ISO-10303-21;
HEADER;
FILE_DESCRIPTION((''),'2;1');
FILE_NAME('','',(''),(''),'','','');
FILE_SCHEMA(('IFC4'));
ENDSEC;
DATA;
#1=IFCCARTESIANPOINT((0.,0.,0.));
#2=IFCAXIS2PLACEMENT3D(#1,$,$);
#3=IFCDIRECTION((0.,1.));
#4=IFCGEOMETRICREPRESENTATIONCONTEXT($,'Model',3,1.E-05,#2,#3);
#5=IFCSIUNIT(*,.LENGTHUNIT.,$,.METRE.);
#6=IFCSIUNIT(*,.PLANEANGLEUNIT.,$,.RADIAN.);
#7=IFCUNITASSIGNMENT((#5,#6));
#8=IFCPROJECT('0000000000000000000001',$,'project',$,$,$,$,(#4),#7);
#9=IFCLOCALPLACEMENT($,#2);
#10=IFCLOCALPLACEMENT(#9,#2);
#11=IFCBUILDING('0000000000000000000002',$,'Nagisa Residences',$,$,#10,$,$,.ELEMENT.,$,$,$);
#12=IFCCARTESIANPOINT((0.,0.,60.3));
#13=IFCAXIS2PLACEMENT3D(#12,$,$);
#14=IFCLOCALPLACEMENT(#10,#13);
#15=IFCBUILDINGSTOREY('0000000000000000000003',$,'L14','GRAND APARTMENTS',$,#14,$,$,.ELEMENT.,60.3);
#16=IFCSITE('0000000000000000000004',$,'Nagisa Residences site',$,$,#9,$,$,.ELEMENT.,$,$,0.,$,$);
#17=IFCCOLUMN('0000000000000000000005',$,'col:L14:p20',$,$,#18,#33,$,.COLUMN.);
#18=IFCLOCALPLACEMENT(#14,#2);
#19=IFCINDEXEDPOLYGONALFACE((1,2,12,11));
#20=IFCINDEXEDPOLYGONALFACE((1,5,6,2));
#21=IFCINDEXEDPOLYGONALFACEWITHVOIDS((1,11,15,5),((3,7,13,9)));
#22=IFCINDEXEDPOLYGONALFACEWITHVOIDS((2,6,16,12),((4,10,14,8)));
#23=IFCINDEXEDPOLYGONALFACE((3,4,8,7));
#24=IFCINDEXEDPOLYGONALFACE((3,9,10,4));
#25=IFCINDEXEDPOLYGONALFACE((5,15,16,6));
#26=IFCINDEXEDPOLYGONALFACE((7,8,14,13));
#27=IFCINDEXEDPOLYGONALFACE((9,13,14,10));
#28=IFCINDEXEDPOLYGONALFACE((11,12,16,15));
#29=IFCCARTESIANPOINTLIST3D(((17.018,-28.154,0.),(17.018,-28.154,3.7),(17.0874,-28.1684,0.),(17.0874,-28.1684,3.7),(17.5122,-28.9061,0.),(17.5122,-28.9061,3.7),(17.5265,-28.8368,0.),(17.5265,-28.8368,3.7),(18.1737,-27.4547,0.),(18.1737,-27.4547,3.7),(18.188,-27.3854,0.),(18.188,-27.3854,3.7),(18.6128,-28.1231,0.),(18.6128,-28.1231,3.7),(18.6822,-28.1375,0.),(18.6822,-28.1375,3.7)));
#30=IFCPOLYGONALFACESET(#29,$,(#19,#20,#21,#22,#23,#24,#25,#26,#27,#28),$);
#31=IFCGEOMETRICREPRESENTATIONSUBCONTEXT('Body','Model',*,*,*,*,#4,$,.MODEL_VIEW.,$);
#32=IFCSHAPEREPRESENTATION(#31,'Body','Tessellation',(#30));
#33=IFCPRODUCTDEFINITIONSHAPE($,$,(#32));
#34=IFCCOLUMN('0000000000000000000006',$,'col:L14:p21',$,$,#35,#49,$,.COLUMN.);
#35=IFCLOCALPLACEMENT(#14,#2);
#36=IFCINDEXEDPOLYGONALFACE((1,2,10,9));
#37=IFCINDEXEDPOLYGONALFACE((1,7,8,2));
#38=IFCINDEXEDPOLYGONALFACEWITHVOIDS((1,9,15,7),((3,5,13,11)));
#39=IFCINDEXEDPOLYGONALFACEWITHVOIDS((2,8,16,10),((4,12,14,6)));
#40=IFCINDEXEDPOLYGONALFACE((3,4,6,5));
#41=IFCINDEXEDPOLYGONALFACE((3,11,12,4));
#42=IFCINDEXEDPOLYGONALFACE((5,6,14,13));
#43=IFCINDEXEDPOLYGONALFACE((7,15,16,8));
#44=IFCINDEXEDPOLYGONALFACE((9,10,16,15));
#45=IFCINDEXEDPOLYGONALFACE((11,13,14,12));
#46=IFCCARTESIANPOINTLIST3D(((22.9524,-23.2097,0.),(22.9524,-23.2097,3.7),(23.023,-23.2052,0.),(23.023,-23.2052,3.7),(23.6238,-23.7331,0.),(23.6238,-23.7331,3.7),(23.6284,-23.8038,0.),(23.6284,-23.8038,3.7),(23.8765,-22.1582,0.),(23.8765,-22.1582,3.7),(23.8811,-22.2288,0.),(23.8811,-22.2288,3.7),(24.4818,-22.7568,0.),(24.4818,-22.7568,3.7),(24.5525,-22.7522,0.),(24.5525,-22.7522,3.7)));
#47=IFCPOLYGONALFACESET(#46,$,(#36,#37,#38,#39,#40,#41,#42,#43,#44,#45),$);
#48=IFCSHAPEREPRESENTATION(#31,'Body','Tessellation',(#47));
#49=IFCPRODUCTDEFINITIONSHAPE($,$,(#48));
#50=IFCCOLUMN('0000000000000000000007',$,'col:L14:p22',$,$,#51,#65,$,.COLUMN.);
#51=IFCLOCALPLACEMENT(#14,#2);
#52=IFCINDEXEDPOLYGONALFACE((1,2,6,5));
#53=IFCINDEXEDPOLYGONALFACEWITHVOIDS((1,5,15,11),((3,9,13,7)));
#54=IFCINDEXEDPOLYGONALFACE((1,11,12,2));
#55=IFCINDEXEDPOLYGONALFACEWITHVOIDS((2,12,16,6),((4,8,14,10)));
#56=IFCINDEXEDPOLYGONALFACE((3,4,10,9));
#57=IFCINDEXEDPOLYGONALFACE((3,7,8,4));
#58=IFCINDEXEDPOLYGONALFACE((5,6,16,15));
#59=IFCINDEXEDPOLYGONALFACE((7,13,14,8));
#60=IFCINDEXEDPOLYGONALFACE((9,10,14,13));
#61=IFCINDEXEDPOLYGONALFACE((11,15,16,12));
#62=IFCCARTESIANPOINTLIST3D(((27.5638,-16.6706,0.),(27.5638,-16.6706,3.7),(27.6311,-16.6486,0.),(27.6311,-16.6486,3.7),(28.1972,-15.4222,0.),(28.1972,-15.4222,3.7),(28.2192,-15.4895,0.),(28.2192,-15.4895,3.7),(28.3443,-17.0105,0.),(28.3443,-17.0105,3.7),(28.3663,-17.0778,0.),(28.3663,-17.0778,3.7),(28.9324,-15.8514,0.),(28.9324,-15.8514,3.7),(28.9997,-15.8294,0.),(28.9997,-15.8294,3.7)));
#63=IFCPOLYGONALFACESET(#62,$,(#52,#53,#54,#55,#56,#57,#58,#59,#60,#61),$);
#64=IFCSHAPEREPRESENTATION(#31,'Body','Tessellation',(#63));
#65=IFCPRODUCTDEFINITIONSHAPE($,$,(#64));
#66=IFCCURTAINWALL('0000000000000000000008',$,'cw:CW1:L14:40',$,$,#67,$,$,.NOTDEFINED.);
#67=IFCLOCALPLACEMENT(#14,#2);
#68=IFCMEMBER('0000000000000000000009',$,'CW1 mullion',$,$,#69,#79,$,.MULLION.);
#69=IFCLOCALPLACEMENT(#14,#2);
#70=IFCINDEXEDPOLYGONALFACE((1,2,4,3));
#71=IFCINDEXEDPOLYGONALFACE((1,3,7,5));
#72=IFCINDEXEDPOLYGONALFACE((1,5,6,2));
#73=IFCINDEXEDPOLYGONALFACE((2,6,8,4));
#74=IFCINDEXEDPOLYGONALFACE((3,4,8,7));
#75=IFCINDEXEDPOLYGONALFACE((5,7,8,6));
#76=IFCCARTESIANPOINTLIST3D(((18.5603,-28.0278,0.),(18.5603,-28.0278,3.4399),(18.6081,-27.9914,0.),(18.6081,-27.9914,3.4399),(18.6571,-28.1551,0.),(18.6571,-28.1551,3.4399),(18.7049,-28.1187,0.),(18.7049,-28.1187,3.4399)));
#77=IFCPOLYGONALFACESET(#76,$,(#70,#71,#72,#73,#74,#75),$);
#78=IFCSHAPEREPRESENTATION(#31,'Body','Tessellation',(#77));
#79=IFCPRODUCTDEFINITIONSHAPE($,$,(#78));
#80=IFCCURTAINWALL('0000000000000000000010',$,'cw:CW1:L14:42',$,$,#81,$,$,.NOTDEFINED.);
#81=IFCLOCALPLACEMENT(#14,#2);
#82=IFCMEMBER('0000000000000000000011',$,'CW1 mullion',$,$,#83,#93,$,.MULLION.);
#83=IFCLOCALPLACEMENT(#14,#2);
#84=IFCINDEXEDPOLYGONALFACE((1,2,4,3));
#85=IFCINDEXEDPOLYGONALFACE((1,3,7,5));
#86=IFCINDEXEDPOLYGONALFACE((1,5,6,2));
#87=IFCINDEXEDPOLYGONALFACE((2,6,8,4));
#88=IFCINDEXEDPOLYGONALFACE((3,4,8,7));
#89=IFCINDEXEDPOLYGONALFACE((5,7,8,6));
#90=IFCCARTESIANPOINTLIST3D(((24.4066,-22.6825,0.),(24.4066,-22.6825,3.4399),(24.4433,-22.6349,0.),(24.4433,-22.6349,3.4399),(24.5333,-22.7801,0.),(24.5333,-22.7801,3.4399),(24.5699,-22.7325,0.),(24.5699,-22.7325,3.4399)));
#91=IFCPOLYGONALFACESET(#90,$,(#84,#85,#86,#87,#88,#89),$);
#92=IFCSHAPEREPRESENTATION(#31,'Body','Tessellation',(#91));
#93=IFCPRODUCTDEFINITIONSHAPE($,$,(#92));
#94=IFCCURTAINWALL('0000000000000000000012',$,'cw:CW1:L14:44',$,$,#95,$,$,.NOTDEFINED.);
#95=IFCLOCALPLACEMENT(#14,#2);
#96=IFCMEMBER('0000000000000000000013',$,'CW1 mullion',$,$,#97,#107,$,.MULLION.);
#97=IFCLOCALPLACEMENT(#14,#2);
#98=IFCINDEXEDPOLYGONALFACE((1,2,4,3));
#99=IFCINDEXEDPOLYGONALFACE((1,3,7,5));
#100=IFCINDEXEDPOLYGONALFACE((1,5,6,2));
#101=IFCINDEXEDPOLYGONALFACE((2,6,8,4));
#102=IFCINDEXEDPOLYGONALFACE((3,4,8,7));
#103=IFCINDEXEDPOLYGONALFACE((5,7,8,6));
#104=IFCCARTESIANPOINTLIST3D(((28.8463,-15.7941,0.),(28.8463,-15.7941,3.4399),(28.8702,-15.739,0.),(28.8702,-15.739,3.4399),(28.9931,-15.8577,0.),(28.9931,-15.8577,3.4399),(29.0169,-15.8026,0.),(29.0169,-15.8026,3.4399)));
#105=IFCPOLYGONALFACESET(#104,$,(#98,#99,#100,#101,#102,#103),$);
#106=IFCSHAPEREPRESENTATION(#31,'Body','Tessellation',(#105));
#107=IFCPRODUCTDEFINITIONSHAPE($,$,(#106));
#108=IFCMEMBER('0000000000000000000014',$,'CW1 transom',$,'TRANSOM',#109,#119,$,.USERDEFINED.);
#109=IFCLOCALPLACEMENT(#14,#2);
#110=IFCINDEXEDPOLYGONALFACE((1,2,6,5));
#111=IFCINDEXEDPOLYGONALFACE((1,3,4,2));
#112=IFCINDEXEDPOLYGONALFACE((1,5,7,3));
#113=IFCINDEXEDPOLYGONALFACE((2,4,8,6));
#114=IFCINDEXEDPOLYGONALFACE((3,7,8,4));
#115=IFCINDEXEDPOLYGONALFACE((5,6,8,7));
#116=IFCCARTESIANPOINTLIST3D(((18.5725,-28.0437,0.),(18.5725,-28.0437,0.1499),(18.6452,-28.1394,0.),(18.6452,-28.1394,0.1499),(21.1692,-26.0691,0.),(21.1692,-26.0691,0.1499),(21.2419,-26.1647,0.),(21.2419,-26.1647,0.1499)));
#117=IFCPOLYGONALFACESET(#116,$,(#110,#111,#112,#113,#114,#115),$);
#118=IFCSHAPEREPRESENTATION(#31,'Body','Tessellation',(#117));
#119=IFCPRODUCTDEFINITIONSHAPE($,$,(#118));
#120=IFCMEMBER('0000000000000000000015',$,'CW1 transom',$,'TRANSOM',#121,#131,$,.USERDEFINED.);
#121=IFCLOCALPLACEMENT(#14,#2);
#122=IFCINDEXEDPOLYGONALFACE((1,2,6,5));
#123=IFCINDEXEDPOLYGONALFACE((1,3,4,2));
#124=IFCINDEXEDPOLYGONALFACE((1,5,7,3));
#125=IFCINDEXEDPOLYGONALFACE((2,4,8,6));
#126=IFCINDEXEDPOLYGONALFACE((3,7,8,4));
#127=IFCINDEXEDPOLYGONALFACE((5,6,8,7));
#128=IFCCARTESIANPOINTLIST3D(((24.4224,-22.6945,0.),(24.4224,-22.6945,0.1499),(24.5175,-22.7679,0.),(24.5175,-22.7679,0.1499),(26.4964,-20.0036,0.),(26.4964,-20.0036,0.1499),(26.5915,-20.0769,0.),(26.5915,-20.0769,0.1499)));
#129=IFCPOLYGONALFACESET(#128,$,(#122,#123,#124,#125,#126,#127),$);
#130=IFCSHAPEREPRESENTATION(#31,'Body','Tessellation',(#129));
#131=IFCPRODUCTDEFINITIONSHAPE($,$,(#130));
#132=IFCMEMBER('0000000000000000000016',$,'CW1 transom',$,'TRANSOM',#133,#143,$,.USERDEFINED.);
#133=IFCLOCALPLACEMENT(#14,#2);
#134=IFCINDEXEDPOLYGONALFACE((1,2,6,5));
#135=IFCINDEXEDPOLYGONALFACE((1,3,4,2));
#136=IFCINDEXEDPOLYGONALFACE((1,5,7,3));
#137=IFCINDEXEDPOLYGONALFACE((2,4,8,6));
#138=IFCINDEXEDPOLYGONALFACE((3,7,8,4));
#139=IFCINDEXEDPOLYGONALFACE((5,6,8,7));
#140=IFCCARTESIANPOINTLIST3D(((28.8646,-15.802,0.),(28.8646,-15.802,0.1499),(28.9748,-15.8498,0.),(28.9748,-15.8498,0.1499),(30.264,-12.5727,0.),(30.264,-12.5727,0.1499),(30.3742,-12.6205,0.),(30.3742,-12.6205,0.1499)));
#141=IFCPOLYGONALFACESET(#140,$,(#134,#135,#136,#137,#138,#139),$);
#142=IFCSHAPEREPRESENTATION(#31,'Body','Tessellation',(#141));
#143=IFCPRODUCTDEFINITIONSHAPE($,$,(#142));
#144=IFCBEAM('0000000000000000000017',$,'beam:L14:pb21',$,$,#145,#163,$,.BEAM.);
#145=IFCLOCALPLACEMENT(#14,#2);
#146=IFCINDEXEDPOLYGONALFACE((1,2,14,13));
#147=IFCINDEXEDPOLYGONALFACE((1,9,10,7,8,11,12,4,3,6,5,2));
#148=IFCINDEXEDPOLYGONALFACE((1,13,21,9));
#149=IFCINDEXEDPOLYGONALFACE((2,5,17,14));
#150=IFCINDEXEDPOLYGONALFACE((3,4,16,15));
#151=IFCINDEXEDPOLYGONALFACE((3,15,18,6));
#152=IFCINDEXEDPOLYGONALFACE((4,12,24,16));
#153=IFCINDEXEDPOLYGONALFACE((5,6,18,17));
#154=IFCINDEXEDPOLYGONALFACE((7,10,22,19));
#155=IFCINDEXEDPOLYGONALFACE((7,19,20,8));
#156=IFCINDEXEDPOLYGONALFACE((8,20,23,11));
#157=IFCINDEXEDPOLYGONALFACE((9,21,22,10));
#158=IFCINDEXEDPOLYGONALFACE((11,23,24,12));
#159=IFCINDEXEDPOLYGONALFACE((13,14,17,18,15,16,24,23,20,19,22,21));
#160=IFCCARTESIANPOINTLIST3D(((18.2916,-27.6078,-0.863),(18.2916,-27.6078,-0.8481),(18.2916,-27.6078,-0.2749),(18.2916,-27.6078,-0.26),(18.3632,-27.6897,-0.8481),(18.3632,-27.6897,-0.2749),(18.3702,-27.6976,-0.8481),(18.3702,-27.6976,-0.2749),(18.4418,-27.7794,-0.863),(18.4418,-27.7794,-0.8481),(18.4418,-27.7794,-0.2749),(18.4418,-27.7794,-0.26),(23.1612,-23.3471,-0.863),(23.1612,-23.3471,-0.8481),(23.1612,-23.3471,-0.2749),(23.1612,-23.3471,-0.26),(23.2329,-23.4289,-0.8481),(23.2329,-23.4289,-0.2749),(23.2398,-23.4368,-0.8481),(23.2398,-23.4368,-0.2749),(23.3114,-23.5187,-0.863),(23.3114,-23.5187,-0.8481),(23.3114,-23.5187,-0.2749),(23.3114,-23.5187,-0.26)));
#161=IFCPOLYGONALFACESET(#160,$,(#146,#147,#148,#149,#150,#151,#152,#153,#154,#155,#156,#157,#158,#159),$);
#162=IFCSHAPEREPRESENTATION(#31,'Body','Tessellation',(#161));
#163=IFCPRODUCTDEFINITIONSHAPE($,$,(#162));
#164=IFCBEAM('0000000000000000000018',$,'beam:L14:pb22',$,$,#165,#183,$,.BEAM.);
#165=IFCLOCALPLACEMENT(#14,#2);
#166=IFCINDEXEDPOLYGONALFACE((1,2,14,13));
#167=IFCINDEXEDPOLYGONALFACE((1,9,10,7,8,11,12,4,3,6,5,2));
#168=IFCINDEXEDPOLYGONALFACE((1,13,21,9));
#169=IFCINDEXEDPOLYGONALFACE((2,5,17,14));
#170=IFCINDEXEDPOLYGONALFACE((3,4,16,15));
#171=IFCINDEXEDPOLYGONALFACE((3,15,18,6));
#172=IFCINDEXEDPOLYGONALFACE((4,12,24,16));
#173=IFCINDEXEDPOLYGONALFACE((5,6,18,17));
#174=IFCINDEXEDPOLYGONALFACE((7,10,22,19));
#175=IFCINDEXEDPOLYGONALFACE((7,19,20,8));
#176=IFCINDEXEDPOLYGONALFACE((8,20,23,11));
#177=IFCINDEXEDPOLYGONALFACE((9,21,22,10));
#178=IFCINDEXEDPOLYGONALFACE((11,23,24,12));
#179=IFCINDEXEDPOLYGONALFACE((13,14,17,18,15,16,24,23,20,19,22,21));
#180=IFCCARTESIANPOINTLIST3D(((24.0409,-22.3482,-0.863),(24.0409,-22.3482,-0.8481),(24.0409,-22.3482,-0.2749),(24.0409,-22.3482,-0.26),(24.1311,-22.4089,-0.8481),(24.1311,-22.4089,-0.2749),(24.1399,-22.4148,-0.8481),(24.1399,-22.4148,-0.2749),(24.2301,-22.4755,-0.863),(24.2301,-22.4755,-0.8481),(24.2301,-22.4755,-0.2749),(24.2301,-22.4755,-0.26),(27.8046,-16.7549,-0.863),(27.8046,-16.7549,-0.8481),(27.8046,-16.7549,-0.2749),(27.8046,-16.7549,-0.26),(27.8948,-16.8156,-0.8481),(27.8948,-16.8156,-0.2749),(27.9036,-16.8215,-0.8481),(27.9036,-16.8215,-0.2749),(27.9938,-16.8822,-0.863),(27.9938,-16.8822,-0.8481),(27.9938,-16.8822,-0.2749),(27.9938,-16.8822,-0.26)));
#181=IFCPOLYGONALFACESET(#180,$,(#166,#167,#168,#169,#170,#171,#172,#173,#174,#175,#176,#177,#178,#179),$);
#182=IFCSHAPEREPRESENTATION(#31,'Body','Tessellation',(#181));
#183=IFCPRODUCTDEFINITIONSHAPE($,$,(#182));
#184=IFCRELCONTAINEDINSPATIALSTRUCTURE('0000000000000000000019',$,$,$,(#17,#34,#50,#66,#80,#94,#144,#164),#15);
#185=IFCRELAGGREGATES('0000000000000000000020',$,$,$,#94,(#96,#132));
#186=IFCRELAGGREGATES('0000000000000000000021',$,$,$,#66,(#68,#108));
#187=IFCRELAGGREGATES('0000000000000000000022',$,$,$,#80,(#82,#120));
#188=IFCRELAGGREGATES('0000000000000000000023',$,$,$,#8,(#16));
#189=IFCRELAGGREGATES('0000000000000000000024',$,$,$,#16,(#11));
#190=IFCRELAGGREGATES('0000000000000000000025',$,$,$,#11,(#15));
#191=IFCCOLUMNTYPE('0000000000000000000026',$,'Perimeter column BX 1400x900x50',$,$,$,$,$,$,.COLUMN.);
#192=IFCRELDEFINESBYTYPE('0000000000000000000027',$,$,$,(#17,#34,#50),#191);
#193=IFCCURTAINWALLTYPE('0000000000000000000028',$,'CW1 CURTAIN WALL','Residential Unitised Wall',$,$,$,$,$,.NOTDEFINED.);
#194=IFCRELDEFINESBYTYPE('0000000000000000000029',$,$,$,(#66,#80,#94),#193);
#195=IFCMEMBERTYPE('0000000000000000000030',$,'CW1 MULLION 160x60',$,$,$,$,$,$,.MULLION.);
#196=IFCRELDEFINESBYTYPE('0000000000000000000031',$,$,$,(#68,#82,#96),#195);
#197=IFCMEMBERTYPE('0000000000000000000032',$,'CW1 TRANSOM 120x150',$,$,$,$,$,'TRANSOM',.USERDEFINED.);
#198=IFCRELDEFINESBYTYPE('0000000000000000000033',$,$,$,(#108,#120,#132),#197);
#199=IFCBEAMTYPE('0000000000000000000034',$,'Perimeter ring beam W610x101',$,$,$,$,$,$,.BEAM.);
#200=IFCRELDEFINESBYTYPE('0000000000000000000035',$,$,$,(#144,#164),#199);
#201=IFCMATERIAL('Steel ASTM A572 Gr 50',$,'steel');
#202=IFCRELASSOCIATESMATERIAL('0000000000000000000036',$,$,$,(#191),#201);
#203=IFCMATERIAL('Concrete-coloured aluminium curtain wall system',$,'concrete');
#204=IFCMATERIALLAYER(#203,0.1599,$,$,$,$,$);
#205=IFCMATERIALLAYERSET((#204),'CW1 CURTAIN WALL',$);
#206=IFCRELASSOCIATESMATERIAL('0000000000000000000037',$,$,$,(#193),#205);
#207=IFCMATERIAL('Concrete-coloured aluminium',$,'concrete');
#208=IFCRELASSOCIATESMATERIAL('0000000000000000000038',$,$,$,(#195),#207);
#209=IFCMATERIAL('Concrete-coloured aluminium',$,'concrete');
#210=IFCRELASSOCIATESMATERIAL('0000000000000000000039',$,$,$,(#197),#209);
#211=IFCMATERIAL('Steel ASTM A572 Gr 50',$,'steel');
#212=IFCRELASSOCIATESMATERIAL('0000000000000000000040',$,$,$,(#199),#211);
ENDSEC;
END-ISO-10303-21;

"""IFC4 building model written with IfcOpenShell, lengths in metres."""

from ifc_helpers import new_model, si_unit, direction, frame, origin, origin_2d, place, context, subcontext, project, spatial, rectangle, hollow_rectangle, i_section, extrude, material, layer, layer_set, material_profile, profile_set, type_object, element, aggregate, save


model = new_model("IFC4")

# Units and contexts
model_context = context("Model", 3, precision=1e-05, world=origin(), true_north=direction((0.0, 1.0)))
body_context = subcontext(model_context, "Body", "Model", "MODEL_VIEW")
ifc_project = project(units=[si_unit("LENGTHUNIT", "METRE"), si_unit("PLANEANGLEUNIT", "RADIAN")], contexts=[model_context])

# Site, building, storey
site_placement = place(None, origin())
site = spatial("IfcSite", under=ifc_project, at=site_placement, Name="Nagisa Residences site", CompositionType="ELEMENT", RefElevation=0.0)
building_placement = place(site_placement, origin())
building = spatial("IfcBuilding", under=site, at=building_placement, Name="Nagisa Residences", CompositionType="ELEMENT")
storey_placement = place(building_placement, frame((0.0, 0.0, 60.3)))
storey = spatial("IfcBuildingStorey", under=building, at=storey_placement, Name="L14", Description="GRAND APARTMENTS", CompositionType="ELEMENT", Elevation=60.3)

# Columns
ifc_material_1 = material(Name="Steel ASTM A572 Gr 50", Category="steel")
ifc_material_profile_1 = material_profile(ifc_material_1, hollow_rectangle(XDim=1.3999, YDim=0.8999, WallThickness=0.05, at=origin_2d()), Name="BX 1400x900x50")
ifc_profile_set_1 = profile_set([ifc_material_profile_1], Name="Steel ASTM A572 Gr 50")
column_type = type_object("IfcColumnType", Name="Perimeter column BX 1400x900x50", PredefinedType="COLUMN", material=ifc_profile_set_1)
for number, where, z_axis, x_axis, name in (
    (1, (17.8501, -28.1458, 0.0), (0.0, 0.0, 1.0), (0.835766, 0.549086, 0.0), "col:L14:p20"),
    (2, (23.7524, -22.981, 0.0), (0.0, 0.0, 1.0), (0.660115, 0.751165, 0.0), "col:L14:p21"),
    (3, (28.2817, -16.25, 0.0), (0.0, 0.0, 1.0), (0.452463, 0.891783, 0.0), "col:L14:p22"),
):
    element("IfcColumn", number, at=place(storey_placement, frame(where, z_axis=z_axis, x_axis=x_axis)), inside=storey, type_object=column_type, Name=name, PredefinedType="COLUMN", context=body_context, shape_type="SweptSolid", body=[
        extrude(hollow_rectangle(XDim=1.3999, YDim=0.8999, WallThickness=0.05, at=origin_2d()), origin(), (0.0, 0.0, 1.0), 3.7),
    ])

# Curtain walls, members
ifc_material_2 = material(Name="Concrete-coloured aluminium curtain wall system", Category="concrete")
ifc_layer_1 = layer(ifc_material_2, 0.1599)
ifc_layer_set_1 = layer_set([ifc_layer_1], Name="CW1 CURTAIN WALL")
curtain_wall_type = type_object("IfcCurtainWallType", Name="CW1 CURTAIN WALL", Description="Residential Unitised Wall", PredefinedType="NOTDEFINED", material=ifc_layer_set_1)
curtain_wall_1_placement = place(storey_placement, origin())
curtain_wall_1 = element("IfcCurtainWall", 4, at=curtain_wall_1_placement, inside=storey, type_object=curtain_wall_type, Name="cw:CW1:L14:40", PredefinedType="NOTDEFINED")
ifc_material_3 = material(Name="Concrete-coloured aluminium", Category="concrete")
ifc_material_profile_2 = material_profile(ifc_material_3, rectangle(XDim=0.1599, YDim=0.0601, at=origin_2d()), Name="CW1 MULLION 160x60")
ifc_profile_set_2 = profile_set([ifc_material_profile_2], Name="Concrete-coloured aluminium")
member_type_1 = type_object("IfcMemberType", Name="CW1 MULLION 160x60", PredefinedType="MULLION", material=ifc_profile_set_2)
member_1_placement = place(storey_placement, frame((18.6326, -28.0732, 0.0), z_axis=(0.0, 0.0, 1.0), x_axis=(-0.605255, 0.796031, 0.0)))
member_1 = element("IfcMember", 5, at=member_1_placement, type_object=member_type_1, Name="CW1 mullion", PredefinedType="MULLION", context=body_context, shape_type="SweptSolid", body=[
    extrude(rectangle(XDim=0.1599, YDim=0.0601, at=origin_2d()), origin(), (0.0, 0.0, 1.0), 3.4399),
])
curtain_wall_2_placement = place(storey_placement, origin())
curtain_wall_2 = element("IfcCurtainWall", 6, at=curtain_wall_2_placement, inside=storey, type_object=curtain_wall_type, Name="cw:CW1:L14:42", PredefinedType="NOTDEFINED")
member_2_placement = place(storey_placement, frame((24.4883, -22.7075, 0.0), z_axis=(0.0, 0.0, 1.0), x_axis=(-0.79207, 0.61043, 0.0)))
member_2 = element("IfcMember", 7, at=member_2_placement, type_object=member_type_1, Name="CW1 mullion", PredefinedType="MULLION", context=body_context, shape_type="SweptSolid", body=[
    extrude(rectangle(XDim=0.1599, YDim=0.0601, at=origin_2d()), origin(), (0.0, 0.0, 1.0), 3.4399),
])
curtain_wall_3_placement = place(storey_placement, origin())
curtain_wall_3 = element("IfcCurtainWall", 8, at=curtain_wall_3_placement, inside=storey, type_object=curtain_wall_type, Name="cw:CW1:L14:44", PredefinedType="NOTDEFINED")
member_3_placement = place(storey_placement, frame((28.9316, -15.7983, 0.0), z_axis=(0.0, 0.0, 1.0), x_axis=(-0.917543, 0.397636, 0.0)))
member_3 = element("IfcMember", 9, at=member_3_placement, type_object=member_type_1, Name="CW1 mullion", PredefinedType="MULLION", context=body_context, shape_type="SweptSolid", body=[
    extrude(rectangle(XDim=0.1599, YDim=0.0601, at=origin_2d()), origin(), (0.0, 0.0, 1.0), 3.4399),
])

# Members
ifc_material_4 = material(Name="Concrete-coloured aluminium", Category="concrete")
ifc_material_profile_3 = material_profile(ifc_material_4, rectangle(XDim=0.1201, YDim=0.1499, at=origin_2d()), Name="CW1 TRANSOM 120x150")
ifc_profile_set_3 = profile_set([ifc_material_profile_3], Name="Concrete-coloured aluminium")
member_type_2 = type_object("IfcMemberType", Name="CW1 TRANSOM 120x150", ElementType="TRANSOM", PredefinedType="USERDEFINED", material=ifc_profile_set_3)
member_4_placement = place(storey_placement, frame((18.6089, -28.0916, 0.075), z_axis=(0.795995, 0.605303, 0.0), x_axis=(-0.605303, 0.795995, 0.0)))
member_4 = element("IfcMember", 10, at=member_4_placement, type_object=member_type_2, Name="CW1 transom", ObjectType="TRANSOM", PredefinedType="USERDEFINED", context=body_context, shape_type="SweptSolid", body=[
    extrude(rectangle(XDim=0.1201, YDim=0.1499, at=origin_2d()), origin(), (0.0, 0.0, 1.0), 3.2622),
])
member_5_placement = place(storey_placement, frame((24.47, -22.7312, 0.075), z_axis=(0.610457, 0.792049, 0.0), x_axis=(-0.792049, 0.610457, 0.0)))
member_5 = element("IfcMember", 11, at=member_5_placement, type_object=member_type_2, Name="CW1 transom", ObjectType="TRANSOM", PredefinedType="USERDEFINED", context=body_context, shape_type="SweptSolid", body=[
    extrude(rectangle(XDim=0.1201, YDim=0.1499, at=origin_2d()), origin(), (0.0, 0.0, 1.0), 3.3975),
])
member_6_placement = place(storey_placement, frame((28.9197, -15.8259, 0.075), z_axis=(0.397625, 0.917548, 0.0), x_axis=(-0.917548, 0.397625, 0.0)))
member_6 = element("IfcMember", 12, at=member_6_placement, type_object=member_type_2, Name="CW1 transom", ObjectType="TRANSOM", PredefinedType="USERDEFINED", context=body_context, shape_type="SweptSolid", body=[
    extrude(rectangle(XDim=0.1201, YDim=0.1499, at=origin_2d()), origin(), (0.0, 0.0, 1.0), 3.5195),
])
aggregate(curtain_wall_3, [member_3, member_6])

# Beams
ifc_material_5 = material(Name="Steel ASTM A572 Gr 50", Category="steel")
ifc_material_profile_4 = material_profile(ifc_material_5, i_section(OverallWidth=0.228, OverallDepth=0.603, WebThickness=0.0105, FlangeThickness=0.0149, at=origin_2d()), Name="W610x101")
ifc_profile_set_4 = profile_set([ifc_material_profile_4], Name="Steel ASTM A572 Gr 50")
beam_type_1 = type_object("IfcBeamType", Name="Perimeter ring beam W610x101", PredefinedType="BEAM", material=ifc_profile_set_4)
beam_1_placement = place(storey_placement, frame((18.3667, -27.6936, -0.5615), z_axis=(0.752591, 0.658489, 0.0), x_axis=(-0.658489, 0.752591, 0.0)))
element("IfcBeam", 13, at=beam_1_placement, inside=storey, type_object=beam_type_1, Name="beam:L14:pb21", PredefinedType="BEAM", context=body_context, shape_type="SweptSolid", body=[
    extrude(i_section(OverallWidth=0.228, OverallDepth=0.603, WebThickness=0.0105, FlangeThickness=0.0149, at=origin_2d()), origin(), (0.0, 0.0, 1.0), 6.4705),
])
beam_2_placement = place(storey_placement, frame((24.1355, -22.4119, -0.5615), z_axis=(0.558272, 0.829658, 0.0), x_axis=(-0.829658, 0.558272, 0.0)))
element("IfcBeam", 14, at=beam_2_placement, inside=storey, type_object=beam_type_1, Name="beam:L14:pb22", PredefinedType="BEAM", context=body_context, shape_type="SweptSolid", body=[
    extrude(i_section(OverallWidth=0.228, OverallDepth=0.603, WebThickness=0.0105, FlangeThickness=0.0149, at=origin_2d()), origin(), (0.0, 0.0, 1.0), 6.7417),
])

aggregate(curtain_wall_1, [member_1, member_4])
aggregate(curtain_wall_2, [member_2, member_5])

save(model, "model.ifc")
